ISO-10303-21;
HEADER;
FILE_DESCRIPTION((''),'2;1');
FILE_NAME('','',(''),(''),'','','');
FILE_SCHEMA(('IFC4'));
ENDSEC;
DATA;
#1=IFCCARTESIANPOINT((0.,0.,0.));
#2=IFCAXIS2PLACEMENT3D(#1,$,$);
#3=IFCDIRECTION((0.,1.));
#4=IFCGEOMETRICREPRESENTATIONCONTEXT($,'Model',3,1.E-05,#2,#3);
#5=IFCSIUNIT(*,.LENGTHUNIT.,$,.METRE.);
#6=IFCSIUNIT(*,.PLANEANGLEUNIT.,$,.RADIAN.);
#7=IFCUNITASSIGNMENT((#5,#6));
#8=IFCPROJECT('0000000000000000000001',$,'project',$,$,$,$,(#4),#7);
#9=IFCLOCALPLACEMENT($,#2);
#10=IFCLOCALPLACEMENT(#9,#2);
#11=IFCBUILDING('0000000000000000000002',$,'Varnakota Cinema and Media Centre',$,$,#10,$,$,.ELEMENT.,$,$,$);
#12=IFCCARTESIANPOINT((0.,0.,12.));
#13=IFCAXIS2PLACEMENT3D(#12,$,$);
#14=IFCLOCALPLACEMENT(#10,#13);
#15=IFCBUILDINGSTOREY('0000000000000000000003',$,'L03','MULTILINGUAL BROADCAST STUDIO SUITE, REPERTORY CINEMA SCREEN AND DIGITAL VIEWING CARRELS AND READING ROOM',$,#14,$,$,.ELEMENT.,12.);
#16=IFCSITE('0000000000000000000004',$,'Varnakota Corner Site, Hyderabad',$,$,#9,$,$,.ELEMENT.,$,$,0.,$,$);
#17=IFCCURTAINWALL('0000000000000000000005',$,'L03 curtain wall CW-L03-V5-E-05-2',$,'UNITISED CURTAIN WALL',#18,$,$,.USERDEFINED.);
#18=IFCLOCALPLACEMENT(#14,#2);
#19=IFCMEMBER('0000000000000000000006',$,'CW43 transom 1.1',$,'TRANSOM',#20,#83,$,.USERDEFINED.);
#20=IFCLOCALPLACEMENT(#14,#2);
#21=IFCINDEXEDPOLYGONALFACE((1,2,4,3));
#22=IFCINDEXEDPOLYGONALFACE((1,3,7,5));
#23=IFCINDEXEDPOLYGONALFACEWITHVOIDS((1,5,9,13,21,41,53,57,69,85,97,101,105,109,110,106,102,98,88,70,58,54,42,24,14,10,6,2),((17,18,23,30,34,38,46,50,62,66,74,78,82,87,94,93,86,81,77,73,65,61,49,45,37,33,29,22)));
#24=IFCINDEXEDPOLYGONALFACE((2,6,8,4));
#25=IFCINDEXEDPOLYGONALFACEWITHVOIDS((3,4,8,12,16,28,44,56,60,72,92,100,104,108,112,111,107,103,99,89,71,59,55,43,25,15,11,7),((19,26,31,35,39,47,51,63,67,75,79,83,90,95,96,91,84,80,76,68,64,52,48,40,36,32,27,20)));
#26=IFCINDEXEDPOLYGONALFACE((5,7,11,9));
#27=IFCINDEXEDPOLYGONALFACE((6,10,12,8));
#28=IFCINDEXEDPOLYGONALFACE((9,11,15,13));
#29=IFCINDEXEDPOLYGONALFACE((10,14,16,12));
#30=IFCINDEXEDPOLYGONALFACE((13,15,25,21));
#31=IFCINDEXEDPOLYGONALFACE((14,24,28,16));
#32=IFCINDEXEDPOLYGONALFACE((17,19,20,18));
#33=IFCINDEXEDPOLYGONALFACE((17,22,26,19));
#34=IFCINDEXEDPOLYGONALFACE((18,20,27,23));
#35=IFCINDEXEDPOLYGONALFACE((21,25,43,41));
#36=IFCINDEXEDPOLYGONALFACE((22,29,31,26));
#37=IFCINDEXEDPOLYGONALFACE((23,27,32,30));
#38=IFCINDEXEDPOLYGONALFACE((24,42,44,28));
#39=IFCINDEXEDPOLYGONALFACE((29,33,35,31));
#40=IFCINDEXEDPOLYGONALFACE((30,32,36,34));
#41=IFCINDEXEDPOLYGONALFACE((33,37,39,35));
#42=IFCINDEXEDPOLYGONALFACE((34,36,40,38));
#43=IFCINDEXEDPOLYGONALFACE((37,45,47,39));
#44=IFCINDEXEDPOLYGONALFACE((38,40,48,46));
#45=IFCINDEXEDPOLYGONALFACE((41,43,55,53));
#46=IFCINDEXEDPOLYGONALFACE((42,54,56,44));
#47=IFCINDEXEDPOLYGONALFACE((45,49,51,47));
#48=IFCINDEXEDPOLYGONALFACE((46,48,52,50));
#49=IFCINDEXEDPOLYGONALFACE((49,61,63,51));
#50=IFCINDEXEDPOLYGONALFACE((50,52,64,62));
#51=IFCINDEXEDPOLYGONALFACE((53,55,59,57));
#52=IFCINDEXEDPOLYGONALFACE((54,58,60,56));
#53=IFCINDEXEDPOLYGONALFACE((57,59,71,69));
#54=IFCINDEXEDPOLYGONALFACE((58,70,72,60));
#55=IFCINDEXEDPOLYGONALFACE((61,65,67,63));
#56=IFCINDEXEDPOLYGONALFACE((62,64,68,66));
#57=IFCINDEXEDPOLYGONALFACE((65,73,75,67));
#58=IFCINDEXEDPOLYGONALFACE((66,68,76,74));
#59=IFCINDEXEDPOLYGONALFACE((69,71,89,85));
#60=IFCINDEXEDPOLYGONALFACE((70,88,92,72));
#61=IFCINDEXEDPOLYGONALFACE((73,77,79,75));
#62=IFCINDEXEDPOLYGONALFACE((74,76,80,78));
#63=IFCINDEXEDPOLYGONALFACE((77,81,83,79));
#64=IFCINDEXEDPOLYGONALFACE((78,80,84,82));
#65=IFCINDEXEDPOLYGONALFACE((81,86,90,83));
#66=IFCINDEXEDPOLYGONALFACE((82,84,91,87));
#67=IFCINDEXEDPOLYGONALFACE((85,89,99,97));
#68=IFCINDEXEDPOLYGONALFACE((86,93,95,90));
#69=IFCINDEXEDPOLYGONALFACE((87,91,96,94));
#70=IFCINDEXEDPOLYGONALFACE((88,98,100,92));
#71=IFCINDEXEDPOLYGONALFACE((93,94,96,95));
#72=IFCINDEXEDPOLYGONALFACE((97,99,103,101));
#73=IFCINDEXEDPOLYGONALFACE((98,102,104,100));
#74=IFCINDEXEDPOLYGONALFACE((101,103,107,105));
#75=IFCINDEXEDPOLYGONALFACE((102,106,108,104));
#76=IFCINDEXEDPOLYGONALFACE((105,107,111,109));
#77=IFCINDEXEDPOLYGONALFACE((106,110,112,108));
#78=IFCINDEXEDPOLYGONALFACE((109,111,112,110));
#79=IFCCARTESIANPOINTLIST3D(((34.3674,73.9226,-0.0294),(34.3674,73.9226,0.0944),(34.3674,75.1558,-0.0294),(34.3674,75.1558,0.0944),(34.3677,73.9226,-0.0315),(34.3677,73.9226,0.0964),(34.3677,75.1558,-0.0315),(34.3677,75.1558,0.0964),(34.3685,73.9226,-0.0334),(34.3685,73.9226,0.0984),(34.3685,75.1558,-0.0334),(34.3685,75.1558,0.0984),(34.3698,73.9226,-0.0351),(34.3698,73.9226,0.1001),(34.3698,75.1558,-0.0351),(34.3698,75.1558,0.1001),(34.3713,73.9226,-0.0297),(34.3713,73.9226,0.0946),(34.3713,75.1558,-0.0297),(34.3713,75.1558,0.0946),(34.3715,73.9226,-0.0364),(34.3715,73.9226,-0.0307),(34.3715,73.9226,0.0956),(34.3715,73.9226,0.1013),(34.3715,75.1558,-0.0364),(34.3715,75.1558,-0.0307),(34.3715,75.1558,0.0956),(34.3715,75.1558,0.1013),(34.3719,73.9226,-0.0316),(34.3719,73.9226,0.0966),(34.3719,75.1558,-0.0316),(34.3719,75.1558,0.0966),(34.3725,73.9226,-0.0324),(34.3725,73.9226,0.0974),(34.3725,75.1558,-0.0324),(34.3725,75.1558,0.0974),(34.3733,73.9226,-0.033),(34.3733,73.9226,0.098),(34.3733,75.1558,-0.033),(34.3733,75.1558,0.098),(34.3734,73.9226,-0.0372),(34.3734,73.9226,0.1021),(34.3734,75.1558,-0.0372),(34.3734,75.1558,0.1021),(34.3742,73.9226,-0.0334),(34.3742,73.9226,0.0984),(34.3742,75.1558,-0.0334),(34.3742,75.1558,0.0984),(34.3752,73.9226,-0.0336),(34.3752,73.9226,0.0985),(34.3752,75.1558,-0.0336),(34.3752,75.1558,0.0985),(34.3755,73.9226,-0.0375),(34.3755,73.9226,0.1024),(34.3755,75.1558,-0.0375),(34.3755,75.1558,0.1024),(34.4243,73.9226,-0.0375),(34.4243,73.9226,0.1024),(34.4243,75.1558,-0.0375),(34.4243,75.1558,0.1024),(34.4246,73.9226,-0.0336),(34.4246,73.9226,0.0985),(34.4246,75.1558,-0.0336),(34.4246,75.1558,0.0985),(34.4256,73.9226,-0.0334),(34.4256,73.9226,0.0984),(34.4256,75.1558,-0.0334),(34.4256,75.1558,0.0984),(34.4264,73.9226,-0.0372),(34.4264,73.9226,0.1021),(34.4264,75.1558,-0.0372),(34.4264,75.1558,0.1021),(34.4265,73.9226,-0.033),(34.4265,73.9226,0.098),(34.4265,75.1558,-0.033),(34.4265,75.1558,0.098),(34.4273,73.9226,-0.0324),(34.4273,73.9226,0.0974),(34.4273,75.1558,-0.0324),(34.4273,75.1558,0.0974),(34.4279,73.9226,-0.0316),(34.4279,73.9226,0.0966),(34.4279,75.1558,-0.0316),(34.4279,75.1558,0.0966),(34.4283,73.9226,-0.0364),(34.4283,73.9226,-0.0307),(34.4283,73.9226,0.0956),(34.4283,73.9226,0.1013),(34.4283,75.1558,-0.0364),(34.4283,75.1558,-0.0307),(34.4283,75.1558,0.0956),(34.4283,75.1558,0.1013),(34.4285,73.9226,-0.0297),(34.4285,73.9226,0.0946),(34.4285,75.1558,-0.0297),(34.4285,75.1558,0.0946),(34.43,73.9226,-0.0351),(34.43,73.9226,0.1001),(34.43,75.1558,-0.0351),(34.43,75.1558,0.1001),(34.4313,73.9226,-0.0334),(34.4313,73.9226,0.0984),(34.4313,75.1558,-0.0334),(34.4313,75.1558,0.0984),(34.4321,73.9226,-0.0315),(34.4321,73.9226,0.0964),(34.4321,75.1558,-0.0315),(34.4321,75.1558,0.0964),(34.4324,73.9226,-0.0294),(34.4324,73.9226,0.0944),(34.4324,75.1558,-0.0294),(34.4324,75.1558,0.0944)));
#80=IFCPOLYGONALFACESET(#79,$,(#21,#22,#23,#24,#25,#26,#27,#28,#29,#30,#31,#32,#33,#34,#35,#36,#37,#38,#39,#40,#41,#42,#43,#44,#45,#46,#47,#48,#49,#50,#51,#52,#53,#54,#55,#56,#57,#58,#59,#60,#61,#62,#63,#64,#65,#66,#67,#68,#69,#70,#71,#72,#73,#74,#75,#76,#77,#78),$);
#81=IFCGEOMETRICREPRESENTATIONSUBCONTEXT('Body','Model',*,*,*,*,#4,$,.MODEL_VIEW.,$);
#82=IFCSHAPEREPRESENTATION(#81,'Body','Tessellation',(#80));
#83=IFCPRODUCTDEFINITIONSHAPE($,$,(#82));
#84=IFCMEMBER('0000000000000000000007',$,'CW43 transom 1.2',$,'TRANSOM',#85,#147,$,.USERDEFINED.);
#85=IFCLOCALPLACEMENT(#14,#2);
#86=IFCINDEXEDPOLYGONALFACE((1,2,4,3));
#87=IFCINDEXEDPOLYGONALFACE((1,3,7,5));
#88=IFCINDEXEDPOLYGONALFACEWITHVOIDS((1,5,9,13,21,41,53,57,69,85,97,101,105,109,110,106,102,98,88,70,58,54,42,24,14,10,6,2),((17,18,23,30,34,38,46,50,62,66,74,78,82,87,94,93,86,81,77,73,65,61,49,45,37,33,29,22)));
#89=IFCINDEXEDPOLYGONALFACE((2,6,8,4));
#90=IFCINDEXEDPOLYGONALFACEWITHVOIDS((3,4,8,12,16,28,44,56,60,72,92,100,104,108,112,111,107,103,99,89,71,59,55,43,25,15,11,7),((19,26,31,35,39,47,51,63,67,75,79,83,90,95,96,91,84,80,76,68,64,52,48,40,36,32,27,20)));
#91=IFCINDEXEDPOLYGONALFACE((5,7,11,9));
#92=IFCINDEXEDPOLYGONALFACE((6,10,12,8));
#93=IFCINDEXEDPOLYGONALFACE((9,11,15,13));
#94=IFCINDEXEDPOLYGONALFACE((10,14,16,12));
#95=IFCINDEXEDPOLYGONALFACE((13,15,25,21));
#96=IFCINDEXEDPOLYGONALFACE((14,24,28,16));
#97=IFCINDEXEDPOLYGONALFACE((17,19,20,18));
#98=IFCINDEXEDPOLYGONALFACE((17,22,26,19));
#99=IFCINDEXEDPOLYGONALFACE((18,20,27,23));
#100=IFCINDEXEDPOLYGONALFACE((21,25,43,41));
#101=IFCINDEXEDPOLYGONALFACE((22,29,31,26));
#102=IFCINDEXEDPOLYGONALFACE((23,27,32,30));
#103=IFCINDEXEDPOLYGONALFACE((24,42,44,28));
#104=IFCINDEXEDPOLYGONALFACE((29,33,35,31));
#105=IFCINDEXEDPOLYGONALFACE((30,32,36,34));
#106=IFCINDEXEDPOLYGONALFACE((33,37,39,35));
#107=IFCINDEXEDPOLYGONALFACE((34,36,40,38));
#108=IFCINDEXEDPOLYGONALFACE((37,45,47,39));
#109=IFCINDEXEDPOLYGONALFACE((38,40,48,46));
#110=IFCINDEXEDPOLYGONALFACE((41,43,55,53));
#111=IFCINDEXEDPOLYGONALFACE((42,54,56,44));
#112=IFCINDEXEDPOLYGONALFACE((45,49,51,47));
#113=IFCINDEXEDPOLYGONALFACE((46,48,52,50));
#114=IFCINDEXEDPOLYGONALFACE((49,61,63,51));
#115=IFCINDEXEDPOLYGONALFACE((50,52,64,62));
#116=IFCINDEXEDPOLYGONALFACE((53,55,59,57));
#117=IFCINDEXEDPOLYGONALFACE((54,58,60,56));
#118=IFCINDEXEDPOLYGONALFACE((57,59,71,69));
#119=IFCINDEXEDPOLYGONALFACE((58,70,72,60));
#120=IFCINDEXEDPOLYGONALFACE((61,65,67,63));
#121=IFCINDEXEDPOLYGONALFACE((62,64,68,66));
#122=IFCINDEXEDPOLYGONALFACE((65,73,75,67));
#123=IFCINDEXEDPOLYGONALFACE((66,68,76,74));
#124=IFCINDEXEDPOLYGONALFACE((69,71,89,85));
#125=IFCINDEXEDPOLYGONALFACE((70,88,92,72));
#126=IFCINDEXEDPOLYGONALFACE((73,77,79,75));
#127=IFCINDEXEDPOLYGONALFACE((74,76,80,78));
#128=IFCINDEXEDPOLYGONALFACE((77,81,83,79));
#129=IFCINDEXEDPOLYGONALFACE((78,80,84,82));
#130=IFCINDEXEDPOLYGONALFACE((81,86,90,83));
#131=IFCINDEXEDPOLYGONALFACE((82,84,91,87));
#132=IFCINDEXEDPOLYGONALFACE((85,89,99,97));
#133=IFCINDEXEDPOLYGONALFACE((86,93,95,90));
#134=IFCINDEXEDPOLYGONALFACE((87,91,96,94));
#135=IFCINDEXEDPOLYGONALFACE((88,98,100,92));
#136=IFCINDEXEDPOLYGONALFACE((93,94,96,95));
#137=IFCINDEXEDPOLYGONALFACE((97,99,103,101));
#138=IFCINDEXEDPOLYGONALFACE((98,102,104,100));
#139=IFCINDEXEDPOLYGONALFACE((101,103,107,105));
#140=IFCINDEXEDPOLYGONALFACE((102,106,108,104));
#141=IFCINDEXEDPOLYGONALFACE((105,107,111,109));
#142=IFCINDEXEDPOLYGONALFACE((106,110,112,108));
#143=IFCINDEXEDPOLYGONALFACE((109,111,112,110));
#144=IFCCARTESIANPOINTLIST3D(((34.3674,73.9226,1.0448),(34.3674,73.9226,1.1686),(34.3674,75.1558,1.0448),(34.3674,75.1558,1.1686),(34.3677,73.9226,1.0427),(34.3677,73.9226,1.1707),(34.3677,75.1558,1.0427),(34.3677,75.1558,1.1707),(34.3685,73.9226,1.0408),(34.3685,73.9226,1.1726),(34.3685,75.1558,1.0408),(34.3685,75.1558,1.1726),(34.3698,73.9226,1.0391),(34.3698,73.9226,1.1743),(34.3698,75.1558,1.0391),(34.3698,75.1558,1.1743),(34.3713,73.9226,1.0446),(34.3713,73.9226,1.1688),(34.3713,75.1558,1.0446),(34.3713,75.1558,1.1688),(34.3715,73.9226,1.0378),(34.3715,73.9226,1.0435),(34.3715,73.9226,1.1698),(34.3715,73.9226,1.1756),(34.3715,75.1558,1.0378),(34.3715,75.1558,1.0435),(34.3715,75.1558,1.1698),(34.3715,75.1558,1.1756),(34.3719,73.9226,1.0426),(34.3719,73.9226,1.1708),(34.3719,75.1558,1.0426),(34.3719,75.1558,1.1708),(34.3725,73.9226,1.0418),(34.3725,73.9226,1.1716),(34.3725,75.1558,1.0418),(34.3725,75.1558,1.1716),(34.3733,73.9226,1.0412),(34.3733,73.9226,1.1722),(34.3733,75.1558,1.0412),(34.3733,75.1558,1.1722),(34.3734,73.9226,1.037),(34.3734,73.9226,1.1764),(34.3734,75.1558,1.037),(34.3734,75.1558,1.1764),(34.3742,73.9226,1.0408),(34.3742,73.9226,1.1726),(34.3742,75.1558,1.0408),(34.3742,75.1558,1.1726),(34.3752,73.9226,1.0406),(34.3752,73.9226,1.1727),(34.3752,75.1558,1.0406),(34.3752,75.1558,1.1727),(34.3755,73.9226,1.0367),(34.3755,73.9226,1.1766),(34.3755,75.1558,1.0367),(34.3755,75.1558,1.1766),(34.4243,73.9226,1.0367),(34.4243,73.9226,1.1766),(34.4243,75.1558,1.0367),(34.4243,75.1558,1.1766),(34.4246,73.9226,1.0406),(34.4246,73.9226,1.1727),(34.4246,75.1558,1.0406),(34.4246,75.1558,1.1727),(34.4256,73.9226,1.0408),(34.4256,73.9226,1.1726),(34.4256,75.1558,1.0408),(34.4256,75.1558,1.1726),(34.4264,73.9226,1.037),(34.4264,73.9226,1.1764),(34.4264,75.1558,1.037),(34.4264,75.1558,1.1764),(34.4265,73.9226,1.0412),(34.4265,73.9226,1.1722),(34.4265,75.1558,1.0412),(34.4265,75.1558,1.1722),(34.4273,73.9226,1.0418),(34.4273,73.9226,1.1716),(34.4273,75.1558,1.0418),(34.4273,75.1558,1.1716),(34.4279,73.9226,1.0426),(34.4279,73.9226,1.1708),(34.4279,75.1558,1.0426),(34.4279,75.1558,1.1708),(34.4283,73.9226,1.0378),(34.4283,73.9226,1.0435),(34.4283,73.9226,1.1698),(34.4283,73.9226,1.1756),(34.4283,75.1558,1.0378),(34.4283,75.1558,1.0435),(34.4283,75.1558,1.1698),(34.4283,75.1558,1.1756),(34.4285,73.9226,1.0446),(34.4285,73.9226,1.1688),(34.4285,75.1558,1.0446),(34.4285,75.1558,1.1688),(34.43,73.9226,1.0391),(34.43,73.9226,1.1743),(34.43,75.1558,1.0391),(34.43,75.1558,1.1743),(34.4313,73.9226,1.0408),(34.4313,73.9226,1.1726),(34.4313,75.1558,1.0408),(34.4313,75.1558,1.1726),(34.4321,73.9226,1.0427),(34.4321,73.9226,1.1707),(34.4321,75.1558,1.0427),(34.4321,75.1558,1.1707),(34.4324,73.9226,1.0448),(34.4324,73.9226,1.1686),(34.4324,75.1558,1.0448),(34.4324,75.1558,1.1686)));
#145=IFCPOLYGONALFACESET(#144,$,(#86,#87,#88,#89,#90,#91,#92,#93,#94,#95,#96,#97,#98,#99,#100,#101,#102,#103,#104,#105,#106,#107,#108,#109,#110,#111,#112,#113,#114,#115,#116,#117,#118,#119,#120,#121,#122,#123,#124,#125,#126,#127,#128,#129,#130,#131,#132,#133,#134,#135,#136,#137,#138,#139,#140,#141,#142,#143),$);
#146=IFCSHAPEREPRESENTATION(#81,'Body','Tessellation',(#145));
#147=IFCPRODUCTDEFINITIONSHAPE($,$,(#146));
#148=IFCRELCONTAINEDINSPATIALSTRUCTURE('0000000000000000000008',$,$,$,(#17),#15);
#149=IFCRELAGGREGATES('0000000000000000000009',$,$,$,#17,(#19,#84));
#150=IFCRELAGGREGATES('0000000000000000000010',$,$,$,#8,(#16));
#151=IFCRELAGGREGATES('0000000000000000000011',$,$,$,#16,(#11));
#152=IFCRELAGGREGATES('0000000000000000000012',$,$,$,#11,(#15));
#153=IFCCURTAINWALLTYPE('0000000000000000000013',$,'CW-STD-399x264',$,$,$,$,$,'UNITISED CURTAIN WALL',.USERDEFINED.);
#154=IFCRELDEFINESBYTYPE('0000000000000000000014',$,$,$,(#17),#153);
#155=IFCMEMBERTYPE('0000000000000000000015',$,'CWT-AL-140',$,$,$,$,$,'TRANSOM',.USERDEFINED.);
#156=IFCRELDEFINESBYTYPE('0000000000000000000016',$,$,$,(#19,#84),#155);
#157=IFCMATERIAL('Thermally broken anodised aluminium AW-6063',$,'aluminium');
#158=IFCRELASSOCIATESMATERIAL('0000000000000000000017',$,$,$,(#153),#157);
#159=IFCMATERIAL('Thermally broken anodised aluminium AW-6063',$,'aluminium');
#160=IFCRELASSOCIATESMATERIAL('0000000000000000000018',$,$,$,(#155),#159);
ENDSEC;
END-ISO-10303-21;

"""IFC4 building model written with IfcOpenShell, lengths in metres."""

from ifc_helpers import new_model, si_unit, direction, frame, origin, origin_2d, place, context, subcontext, project, spatial, hollow_rectangle, extrude, material, material_profile, profile_set, type_object, element, aggregate, save


model = new_model("IFC4")

# Units and contexts
model_context = context("Model", 3, precision=1e-05, world=origin(), true_north=direction((0.0, 1.0)))
body_context = subcontext(model_context, "Body", "Model", "MODEL_VIEW")
ifc_project = project(units=[si_unit("LENGTHUNIT", "METRE"), si_unit("PLANEANGLEUNIT", "RADIAN")], contexts=[model_context])

# Site, building, storey
site_placement = place(None, origin())
site = spatial("IfcSite", under=ifc_project, at=site_placement, Name="Varnakota Corner Site, Hyderabad", CompositionType="ELEMENT", RefElevation=0.0)
building_placement = place(site_placement, origin())
building = spatial("IfcBuilding", under=site, at=building_placement, Name="Varnakota Cinema and Media Centre", CompositionType="ELEMENT")
storey_placement = place(building_placement, frame((0.0, 0.0, 12.0)))
storey = spatial("IfcBuildingStorey", under=building, at=storey_placement, Name="L03", Description="MULTILINGUAL BROADCAST STUDIO SUITE, REPERTORY CINEMA SCREEN AND DIGITAL VIEWING CARRELS AND READING ROOM", CompositionType="ELEMENT", Elevation=12.0)

# Curtain wall
ifc_material_1 = material(Name="Thermally broken anodised aluminium AW-6063", Category="aluminium")
curtain_wall_type = type_object("IfcCurtainWallType", Name="CW-STD-399x264", ElementType="UNITISED CURTAIN WALL", PredefinedType="USERDEFINED", material=ifc_material_1)
curtain_wall_1_placement = place(storey_placement, origin())
curtain_wall_1 = element("IfcCurtainWall", 1, at=curtain_wall_1_placement, inside=storey, type_object=curtain_wall_type, Name="L03 curtain wall CW-L03-V5-E-05-2", ObjectType="UNITISED CURTAIN WALL", PredefinedType="USERDEFINED")

# Shared definitions
ifc_material_2 = material(Name="Thermally broken anodised aluminium AW-6063", Category="aluminium")
ifc_material_profile_1 = material_profile(ifc_material_2, hollow_rectangle(XDim=0.0649, YDim=0.1399, WallThickness=0.0039, InnerFilletRadius=0.0039, OuterFilletRadius=0.0081, at=origin_2d()), Name="AL-TRANSOM 140x65x4")
ifc_profile_set_1 = profile_set([ifc_material_profile_1], Name="Thermally broken anodised aluminium AW-6063")
member_type_1 = type_object("IfcMemberType", Name="CWT-AL-140", ElementType="TRANSOM", PredefinedType="USERDEFINED", material=ifc_profile_set_1)

# Members
member_1_placement = place(storey_placement, frame((34.3999, 73.9226, 0.0325), z_axis=(0.0, 1.0, 0.0), x_axis=(-1.0, 0.0, 0.0)))
member_1 = element("IfcMember", 2, at=member_1_placement, type_object=member_type_1, Name="CW43 transom 1.1", ObjectType="TRANSOM", PredefinedType="USERDEFINED", context=body_context, shape_type="SweptSolid", body=[
    extrude(hollow_rectangle(XDim=0.0649, YDim=0.1399, WallThickness=0.0039, InnerFilletRadius=0.0039, OuterFilletRadius=0.0081, at=origin_2d()), origin(), (0.0, 0.0, 1.0), 1.2332),
])
member_2_placement = place(storey_placement, frame((34.3999, 73.9226, 1.1067), z_axis=(0.0, 1.0, 0.0), x_axis=(-1.0, 0.0, 0.0)))
member_2 = element("IfcMember", 3, at=member_2_placement, type_object=member_type_1, Name="CW43 transom 1.2", ObjectType="TRANSOM", PredefinedType="USERDEFINED", context=body_context, shape_type="SweptSolid", body=[
    extrude(hollow_rectangle(XDim=0.0649, YDim=0.1399, WallThickness=0.0039, InnerFilletRadius=0.0039, OuterFilletRadius=0.0081, at=origin_2d()), origin(), (0.0, 0.0, 1.0), 1.2332),
])

aggregate(curtain_wall_1, [member_1, member_2])

save(model, "model.ifc")
